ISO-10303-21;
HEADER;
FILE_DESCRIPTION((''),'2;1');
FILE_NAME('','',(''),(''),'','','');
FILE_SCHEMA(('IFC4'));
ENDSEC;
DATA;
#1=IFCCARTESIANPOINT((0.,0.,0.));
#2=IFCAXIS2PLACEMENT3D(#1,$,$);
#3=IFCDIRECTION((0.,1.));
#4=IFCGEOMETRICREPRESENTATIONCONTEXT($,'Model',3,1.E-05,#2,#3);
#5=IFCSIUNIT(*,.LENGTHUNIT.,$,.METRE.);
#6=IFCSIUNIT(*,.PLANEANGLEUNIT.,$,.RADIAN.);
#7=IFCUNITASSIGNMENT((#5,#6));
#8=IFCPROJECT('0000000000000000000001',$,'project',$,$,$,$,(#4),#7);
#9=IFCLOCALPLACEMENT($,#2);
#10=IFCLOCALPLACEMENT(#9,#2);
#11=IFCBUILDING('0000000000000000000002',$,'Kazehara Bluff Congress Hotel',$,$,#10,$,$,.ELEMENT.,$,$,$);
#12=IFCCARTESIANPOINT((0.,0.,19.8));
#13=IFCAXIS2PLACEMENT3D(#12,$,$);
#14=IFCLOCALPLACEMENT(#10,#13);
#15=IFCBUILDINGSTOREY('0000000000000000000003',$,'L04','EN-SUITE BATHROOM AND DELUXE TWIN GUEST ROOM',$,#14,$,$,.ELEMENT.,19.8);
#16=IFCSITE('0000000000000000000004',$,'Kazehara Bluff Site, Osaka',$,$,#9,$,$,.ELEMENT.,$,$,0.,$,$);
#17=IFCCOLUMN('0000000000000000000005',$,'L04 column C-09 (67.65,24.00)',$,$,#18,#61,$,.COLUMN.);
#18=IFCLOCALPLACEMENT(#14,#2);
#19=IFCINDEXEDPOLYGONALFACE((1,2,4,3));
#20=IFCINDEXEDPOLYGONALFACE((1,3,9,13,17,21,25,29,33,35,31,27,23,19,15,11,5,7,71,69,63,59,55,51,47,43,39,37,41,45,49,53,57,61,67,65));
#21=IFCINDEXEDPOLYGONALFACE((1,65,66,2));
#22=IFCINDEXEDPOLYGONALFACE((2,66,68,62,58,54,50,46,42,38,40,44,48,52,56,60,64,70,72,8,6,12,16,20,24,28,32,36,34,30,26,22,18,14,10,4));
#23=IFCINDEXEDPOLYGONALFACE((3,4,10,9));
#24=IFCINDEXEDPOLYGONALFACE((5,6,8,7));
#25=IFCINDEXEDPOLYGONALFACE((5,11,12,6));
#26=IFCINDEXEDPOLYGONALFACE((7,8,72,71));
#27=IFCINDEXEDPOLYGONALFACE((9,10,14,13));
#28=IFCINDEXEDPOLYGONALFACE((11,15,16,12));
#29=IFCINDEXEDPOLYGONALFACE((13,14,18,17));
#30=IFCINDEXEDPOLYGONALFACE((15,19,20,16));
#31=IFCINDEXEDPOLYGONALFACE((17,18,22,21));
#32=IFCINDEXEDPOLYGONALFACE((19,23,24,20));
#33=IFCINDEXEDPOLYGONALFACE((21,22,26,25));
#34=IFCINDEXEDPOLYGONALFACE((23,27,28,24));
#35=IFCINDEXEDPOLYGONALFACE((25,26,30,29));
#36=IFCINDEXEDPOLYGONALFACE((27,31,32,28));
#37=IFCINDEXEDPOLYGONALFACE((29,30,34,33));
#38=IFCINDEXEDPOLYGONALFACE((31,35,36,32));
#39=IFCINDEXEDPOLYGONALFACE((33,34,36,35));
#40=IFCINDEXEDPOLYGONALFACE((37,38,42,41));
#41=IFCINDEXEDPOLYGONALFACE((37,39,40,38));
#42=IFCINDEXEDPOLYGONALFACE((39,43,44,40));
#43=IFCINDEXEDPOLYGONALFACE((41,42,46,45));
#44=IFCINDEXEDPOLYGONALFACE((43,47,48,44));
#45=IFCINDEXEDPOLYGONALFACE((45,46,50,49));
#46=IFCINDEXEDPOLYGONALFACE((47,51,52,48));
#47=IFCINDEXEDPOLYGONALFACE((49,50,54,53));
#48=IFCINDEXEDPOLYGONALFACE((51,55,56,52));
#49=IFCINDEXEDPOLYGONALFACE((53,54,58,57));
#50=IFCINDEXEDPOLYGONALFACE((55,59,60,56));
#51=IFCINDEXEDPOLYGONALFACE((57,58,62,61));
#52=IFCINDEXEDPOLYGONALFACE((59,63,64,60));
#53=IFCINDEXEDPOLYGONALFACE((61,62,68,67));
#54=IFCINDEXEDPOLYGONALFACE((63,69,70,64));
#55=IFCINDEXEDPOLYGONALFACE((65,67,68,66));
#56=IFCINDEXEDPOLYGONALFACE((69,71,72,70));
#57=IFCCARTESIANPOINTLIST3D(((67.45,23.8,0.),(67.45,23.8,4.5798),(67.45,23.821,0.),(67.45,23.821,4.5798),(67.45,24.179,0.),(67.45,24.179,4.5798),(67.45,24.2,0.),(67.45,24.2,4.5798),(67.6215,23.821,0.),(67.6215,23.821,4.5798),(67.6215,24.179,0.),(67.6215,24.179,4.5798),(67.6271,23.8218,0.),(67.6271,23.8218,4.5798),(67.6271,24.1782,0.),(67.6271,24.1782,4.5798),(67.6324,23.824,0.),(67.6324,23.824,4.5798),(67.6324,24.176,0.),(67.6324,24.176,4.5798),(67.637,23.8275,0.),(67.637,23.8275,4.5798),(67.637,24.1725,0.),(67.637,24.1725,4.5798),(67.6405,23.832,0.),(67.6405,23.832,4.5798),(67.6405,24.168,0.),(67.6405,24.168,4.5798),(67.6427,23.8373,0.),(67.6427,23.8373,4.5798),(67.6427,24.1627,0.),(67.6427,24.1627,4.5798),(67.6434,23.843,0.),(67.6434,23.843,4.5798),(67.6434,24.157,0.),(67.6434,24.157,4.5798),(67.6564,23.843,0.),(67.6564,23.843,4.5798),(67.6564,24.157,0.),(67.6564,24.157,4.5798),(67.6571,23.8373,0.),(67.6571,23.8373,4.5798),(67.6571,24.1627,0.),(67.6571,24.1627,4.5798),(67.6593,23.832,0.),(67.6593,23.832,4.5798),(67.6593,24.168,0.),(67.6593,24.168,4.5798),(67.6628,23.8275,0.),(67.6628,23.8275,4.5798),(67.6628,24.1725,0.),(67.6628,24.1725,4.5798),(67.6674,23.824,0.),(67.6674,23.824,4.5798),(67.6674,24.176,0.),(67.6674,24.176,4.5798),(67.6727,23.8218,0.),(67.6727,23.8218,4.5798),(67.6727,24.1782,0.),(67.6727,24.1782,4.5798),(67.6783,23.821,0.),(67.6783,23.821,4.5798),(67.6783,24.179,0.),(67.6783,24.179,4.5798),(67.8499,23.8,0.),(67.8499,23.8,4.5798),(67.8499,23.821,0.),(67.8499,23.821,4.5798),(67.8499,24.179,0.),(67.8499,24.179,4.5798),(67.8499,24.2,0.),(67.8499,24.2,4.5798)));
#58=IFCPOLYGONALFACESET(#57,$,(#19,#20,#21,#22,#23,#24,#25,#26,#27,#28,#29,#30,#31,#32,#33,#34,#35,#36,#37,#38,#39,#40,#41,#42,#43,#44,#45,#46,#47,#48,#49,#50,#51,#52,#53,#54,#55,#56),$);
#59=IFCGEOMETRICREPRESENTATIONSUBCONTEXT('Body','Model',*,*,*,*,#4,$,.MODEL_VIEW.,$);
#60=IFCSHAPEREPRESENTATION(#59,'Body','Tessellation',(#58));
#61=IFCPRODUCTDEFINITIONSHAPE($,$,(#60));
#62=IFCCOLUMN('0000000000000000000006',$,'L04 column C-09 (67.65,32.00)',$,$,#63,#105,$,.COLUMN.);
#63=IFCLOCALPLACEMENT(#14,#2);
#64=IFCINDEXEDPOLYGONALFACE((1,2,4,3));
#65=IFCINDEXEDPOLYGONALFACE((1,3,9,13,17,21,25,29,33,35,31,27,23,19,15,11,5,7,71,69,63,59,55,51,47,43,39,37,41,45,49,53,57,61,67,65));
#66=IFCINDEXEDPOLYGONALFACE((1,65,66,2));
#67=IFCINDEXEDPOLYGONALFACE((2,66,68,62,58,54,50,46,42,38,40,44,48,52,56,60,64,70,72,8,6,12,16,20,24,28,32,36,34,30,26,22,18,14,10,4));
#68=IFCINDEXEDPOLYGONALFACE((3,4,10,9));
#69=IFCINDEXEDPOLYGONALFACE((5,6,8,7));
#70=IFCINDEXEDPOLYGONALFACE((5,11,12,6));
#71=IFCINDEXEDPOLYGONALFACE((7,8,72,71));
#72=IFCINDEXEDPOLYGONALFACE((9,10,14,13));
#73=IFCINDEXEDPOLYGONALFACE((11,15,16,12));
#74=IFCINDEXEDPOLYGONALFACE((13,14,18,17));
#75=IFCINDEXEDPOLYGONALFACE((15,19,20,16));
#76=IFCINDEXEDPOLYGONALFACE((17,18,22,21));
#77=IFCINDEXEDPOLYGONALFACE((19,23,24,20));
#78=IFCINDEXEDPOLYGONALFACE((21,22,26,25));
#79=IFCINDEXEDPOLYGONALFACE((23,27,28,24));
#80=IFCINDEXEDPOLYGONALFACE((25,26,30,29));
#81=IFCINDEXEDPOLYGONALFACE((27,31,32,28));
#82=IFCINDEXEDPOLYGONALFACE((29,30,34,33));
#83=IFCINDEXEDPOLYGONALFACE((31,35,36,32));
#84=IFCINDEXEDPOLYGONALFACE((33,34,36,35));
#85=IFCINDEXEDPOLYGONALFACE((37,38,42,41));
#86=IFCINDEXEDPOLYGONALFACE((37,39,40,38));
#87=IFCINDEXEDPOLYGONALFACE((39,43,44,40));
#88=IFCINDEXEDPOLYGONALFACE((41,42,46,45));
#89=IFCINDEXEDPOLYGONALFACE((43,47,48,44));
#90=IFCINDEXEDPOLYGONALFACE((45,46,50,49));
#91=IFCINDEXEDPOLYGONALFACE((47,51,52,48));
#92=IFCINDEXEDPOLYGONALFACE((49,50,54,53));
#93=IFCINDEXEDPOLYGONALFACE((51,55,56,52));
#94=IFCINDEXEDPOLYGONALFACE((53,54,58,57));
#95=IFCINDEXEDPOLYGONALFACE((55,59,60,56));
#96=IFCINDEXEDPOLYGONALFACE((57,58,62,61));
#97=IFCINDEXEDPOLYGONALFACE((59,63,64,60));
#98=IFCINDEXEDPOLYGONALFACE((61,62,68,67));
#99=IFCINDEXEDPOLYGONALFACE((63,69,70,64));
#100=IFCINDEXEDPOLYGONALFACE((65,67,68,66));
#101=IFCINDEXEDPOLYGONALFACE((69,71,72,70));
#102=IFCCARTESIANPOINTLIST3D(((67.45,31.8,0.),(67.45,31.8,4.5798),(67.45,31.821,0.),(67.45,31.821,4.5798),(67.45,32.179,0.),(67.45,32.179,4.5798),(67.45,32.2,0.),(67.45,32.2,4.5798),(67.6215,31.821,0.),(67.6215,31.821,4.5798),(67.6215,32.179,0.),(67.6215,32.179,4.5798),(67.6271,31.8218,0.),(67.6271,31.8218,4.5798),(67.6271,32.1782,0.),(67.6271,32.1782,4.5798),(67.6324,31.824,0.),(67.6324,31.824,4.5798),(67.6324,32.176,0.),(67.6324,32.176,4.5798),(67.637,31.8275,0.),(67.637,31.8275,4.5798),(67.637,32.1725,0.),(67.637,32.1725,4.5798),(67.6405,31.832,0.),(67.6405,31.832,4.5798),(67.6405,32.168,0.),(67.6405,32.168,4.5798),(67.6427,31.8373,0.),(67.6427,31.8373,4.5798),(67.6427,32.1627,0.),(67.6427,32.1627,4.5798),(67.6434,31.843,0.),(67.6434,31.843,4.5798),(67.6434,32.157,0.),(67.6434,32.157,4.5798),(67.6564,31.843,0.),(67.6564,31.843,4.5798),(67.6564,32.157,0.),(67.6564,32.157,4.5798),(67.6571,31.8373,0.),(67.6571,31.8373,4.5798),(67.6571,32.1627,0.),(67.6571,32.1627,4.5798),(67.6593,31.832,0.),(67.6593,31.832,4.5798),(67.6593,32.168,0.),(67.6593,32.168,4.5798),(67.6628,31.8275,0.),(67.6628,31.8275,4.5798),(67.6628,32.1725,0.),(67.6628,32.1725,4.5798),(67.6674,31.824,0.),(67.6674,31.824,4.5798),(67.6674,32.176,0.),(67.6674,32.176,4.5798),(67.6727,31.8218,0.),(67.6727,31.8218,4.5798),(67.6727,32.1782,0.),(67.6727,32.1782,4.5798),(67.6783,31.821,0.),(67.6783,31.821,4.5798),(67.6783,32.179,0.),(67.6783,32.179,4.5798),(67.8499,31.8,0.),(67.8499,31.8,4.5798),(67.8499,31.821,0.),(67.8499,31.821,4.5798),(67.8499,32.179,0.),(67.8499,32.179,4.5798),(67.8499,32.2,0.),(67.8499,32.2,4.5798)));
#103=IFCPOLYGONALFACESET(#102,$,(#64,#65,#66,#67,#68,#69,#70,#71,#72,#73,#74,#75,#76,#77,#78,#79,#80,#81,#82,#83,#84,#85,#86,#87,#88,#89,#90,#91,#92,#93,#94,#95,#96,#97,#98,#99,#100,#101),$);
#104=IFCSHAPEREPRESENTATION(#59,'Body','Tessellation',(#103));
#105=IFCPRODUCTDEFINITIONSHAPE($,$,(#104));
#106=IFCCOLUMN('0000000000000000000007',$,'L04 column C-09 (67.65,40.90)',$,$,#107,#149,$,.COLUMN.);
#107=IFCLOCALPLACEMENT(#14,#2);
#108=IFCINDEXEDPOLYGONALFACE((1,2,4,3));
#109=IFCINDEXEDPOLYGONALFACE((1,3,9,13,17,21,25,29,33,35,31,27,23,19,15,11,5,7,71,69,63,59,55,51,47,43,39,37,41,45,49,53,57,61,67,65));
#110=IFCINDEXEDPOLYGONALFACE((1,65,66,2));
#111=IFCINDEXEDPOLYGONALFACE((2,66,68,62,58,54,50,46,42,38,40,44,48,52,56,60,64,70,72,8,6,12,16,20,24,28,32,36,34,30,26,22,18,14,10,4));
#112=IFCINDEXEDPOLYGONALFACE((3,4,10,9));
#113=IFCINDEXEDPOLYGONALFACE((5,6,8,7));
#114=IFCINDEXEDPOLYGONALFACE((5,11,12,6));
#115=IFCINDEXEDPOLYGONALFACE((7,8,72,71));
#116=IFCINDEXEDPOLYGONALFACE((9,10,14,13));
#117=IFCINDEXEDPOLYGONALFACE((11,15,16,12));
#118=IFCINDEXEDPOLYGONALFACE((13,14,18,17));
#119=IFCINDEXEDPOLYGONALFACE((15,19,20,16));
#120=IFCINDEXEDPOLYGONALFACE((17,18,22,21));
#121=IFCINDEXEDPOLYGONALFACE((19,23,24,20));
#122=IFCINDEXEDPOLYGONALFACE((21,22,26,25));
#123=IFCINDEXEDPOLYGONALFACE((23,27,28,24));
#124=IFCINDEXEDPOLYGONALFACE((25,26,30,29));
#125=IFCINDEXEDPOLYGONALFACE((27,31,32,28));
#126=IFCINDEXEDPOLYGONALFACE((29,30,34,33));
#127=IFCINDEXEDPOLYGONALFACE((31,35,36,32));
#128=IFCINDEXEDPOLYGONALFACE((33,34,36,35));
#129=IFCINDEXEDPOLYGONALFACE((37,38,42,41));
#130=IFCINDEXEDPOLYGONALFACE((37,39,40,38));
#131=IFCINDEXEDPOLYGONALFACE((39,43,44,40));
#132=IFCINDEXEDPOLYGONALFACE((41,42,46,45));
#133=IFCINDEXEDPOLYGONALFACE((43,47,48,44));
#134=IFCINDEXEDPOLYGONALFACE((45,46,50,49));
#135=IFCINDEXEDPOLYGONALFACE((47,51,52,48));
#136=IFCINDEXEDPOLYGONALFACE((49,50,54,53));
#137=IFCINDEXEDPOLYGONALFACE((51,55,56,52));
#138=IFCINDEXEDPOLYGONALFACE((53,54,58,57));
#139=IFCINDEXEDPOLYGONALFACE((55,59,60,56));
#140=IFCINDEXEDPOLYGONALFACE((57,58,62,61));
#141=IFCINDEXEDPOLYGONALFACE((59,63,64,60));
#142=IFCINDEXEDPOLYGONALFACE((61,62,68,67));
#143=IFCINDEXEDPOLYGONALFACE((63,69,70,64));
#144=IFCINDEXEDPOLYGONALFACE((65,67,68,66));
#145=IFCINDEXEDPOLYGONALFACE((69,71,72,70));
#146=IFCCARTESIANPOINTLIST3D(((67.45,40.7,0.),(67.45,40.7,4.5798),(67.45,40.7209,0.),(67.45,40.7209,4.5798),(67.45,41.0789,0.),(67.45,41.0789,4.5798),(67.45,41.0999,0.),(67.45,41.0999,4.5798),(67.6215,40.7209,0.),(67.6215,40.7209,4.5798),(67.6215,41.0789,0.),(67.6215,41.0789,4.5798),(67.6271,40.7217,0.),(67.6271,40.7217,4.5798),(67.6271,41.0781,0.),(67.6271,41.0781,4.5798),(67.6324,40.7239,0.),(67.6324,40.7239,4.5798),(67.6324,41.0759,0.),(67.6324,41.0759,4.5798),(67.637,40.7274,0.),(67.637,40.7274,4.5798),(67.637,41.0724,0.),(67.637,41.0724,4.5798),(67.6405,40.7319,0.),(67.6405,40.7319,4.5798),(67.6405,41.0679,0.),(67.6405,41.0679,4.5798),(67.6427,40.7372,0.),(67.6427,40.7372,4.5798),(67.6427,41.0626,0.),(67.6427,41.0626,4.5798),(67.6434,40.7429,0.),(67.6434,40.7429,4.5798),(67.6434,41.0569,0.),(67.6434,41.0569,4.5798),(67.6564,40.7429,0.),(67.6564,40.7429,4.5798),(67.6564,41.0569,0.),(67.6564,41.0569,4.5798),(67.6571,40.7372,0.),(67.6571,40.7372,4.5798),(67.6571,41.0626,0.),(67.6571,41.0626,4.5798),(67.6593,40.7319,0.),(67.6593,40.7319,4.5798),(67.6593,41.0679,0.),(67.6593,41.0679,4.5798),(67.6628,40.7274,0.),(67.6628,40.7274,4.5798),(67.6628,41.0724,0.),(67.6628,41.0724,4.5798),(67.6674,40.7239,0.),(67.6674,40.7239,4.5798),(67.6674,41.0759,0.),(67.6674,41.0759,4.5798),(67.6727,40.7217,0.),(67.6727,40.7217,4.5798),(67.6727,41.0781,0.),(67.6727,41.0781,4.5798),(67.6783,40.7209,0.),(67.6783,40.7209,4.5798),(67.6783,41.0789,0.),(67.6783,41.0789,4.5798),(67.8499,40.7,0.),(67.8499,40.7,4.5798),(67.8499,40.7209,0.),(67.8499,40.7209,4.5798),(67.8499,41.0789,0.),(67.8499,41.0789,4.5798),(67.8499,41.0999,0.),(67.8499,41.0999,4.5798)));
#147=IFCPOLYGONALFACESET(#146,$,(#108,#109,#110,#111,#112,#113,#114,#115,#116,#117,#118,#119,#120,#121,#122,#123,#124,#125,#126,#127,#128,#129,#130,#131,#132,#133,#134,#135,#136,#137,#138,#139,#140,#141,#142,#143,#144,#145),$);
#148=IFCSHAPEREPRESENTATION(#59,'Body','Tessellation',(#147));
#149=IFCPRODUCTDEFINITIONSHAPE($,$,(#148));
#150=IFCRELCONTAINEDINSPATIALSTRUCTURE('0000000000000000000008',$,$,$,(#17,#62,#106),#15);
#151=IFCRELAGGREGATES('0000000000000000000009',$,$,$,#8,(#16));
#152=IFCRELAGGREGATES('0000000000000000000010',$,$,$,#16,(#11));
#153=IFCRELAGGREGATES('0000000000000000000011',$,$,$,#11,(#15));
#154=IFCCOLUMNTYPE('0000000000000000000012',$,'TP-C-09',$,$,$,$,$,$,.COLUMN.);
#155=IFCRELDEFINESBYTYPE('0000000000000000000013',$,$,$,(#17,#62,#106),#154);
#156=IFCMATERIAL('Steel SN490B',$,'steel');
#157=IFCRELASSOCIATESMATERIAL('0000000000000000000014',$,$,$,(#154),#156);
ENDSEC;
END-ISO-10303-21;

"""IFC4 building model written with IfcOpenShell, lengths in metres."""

from ifc_helpers import new_model, si_unit, direction, frame, origin, origin_2d, place, context, subcontext, project, spatial, i_section, extrude, material, material_profile, profile_set, type_object, element, save


model = new_model("IFC4")

# Units and contexts
model_context = context("Model", 3, precision=1e-05, world=origin(), true_north=direction((0.0, 1.0)))
body_context = subcontext(model_context, "Body", "Model", "MODEL_VIEW")
ifc_project = project(units=[si_unit("LENGTHUNIT", "METRE"), si_unit("PLANEANGLEUNIT", "RADIAN")], contexts=[model_context])

# Site, building, storey
site_placement = place(None, origin())
site = spatial("IfcSite", under=ifc_project, at=site_placement, Name="Kazehara Bluff Site, Osaka", CompositionType="ELEMENT", RefElevation=0.0)
building_placement = place(site_placement, origin())
building = spatial("IfcBuilding", under=site, at=building_placement, Name="Kazehara Bluff Congress Hotel", CompositionType="ELEMENT")
storey_placement = place(building_placement, frame((0.0, 0.0, 19.8)))
storey = spatial("IfcBuildingStorey", under=building, at=storey_placement, Name="L04", Description="EN-SUITE BATHROOM AND DELUXE TWIN GUEST ROOM", CompositionType="ELEMENT", Elevation=19.8)

# Columns
ifc_material_1 = material(Name="Steel SN490B", Category="steel")
ifc_material_profile_1 = material_profile(ifc_material_1, i_section(OverallWidth=0.3999, OverallDepth=0.3999, WebThickness=0.0129, FlangeThickness=0.021, FilletRadius=0.022, at=origin_2d()))
ifc_profile_set_1 = profile_set([ifc_material_profile_1], Name="Steel SN490B")
column_type = type_object("IfcColumnType", Name="TP-C-09", PredefinedType="COLUMN", material=ifc_profile_set_1)
for number, where, z_axis, x_axis, name in (
    (1, (67.6499, 24.0, 0.0), (0.0, 0.0, 1.0), (1.0, 0.0, 0.0), "L04 column C-09 (67.65,24.00)"),
    (2, (67.6499, 32.0, 0.0), (0.0, 0.0, 1.0), (1.0, 0.0, 0.0), "L04 column C-09 (67.65,32.00)"),
    (3, (67.6499, 40.8999, 0.0), (0.0, 0.0, 1.0), (1.0, 0.0, 0.0), "L04 column C-09 (67.65,40.90)"),
):
    element("IfcColumn", number, at=place(storey_placement, frame(where, z_axis=z_axis, x_axis=x_axis)), inside=storey, type_object=column_type, Name=name, PredefinedType="COLUMN", context=body_context, shape_type="SweptSolid", body=[
        extrude(i_section(OverallWidth=0.3999, OverallDepth=0.3999, WebThickness=0.0129, FlangeThickness=0.021, FilletRadius=0.022, at=origin_2d()), origin(), (0.0, 0.0, 1.0), 4.5798),
    ])

save(model, "model.ifc")
